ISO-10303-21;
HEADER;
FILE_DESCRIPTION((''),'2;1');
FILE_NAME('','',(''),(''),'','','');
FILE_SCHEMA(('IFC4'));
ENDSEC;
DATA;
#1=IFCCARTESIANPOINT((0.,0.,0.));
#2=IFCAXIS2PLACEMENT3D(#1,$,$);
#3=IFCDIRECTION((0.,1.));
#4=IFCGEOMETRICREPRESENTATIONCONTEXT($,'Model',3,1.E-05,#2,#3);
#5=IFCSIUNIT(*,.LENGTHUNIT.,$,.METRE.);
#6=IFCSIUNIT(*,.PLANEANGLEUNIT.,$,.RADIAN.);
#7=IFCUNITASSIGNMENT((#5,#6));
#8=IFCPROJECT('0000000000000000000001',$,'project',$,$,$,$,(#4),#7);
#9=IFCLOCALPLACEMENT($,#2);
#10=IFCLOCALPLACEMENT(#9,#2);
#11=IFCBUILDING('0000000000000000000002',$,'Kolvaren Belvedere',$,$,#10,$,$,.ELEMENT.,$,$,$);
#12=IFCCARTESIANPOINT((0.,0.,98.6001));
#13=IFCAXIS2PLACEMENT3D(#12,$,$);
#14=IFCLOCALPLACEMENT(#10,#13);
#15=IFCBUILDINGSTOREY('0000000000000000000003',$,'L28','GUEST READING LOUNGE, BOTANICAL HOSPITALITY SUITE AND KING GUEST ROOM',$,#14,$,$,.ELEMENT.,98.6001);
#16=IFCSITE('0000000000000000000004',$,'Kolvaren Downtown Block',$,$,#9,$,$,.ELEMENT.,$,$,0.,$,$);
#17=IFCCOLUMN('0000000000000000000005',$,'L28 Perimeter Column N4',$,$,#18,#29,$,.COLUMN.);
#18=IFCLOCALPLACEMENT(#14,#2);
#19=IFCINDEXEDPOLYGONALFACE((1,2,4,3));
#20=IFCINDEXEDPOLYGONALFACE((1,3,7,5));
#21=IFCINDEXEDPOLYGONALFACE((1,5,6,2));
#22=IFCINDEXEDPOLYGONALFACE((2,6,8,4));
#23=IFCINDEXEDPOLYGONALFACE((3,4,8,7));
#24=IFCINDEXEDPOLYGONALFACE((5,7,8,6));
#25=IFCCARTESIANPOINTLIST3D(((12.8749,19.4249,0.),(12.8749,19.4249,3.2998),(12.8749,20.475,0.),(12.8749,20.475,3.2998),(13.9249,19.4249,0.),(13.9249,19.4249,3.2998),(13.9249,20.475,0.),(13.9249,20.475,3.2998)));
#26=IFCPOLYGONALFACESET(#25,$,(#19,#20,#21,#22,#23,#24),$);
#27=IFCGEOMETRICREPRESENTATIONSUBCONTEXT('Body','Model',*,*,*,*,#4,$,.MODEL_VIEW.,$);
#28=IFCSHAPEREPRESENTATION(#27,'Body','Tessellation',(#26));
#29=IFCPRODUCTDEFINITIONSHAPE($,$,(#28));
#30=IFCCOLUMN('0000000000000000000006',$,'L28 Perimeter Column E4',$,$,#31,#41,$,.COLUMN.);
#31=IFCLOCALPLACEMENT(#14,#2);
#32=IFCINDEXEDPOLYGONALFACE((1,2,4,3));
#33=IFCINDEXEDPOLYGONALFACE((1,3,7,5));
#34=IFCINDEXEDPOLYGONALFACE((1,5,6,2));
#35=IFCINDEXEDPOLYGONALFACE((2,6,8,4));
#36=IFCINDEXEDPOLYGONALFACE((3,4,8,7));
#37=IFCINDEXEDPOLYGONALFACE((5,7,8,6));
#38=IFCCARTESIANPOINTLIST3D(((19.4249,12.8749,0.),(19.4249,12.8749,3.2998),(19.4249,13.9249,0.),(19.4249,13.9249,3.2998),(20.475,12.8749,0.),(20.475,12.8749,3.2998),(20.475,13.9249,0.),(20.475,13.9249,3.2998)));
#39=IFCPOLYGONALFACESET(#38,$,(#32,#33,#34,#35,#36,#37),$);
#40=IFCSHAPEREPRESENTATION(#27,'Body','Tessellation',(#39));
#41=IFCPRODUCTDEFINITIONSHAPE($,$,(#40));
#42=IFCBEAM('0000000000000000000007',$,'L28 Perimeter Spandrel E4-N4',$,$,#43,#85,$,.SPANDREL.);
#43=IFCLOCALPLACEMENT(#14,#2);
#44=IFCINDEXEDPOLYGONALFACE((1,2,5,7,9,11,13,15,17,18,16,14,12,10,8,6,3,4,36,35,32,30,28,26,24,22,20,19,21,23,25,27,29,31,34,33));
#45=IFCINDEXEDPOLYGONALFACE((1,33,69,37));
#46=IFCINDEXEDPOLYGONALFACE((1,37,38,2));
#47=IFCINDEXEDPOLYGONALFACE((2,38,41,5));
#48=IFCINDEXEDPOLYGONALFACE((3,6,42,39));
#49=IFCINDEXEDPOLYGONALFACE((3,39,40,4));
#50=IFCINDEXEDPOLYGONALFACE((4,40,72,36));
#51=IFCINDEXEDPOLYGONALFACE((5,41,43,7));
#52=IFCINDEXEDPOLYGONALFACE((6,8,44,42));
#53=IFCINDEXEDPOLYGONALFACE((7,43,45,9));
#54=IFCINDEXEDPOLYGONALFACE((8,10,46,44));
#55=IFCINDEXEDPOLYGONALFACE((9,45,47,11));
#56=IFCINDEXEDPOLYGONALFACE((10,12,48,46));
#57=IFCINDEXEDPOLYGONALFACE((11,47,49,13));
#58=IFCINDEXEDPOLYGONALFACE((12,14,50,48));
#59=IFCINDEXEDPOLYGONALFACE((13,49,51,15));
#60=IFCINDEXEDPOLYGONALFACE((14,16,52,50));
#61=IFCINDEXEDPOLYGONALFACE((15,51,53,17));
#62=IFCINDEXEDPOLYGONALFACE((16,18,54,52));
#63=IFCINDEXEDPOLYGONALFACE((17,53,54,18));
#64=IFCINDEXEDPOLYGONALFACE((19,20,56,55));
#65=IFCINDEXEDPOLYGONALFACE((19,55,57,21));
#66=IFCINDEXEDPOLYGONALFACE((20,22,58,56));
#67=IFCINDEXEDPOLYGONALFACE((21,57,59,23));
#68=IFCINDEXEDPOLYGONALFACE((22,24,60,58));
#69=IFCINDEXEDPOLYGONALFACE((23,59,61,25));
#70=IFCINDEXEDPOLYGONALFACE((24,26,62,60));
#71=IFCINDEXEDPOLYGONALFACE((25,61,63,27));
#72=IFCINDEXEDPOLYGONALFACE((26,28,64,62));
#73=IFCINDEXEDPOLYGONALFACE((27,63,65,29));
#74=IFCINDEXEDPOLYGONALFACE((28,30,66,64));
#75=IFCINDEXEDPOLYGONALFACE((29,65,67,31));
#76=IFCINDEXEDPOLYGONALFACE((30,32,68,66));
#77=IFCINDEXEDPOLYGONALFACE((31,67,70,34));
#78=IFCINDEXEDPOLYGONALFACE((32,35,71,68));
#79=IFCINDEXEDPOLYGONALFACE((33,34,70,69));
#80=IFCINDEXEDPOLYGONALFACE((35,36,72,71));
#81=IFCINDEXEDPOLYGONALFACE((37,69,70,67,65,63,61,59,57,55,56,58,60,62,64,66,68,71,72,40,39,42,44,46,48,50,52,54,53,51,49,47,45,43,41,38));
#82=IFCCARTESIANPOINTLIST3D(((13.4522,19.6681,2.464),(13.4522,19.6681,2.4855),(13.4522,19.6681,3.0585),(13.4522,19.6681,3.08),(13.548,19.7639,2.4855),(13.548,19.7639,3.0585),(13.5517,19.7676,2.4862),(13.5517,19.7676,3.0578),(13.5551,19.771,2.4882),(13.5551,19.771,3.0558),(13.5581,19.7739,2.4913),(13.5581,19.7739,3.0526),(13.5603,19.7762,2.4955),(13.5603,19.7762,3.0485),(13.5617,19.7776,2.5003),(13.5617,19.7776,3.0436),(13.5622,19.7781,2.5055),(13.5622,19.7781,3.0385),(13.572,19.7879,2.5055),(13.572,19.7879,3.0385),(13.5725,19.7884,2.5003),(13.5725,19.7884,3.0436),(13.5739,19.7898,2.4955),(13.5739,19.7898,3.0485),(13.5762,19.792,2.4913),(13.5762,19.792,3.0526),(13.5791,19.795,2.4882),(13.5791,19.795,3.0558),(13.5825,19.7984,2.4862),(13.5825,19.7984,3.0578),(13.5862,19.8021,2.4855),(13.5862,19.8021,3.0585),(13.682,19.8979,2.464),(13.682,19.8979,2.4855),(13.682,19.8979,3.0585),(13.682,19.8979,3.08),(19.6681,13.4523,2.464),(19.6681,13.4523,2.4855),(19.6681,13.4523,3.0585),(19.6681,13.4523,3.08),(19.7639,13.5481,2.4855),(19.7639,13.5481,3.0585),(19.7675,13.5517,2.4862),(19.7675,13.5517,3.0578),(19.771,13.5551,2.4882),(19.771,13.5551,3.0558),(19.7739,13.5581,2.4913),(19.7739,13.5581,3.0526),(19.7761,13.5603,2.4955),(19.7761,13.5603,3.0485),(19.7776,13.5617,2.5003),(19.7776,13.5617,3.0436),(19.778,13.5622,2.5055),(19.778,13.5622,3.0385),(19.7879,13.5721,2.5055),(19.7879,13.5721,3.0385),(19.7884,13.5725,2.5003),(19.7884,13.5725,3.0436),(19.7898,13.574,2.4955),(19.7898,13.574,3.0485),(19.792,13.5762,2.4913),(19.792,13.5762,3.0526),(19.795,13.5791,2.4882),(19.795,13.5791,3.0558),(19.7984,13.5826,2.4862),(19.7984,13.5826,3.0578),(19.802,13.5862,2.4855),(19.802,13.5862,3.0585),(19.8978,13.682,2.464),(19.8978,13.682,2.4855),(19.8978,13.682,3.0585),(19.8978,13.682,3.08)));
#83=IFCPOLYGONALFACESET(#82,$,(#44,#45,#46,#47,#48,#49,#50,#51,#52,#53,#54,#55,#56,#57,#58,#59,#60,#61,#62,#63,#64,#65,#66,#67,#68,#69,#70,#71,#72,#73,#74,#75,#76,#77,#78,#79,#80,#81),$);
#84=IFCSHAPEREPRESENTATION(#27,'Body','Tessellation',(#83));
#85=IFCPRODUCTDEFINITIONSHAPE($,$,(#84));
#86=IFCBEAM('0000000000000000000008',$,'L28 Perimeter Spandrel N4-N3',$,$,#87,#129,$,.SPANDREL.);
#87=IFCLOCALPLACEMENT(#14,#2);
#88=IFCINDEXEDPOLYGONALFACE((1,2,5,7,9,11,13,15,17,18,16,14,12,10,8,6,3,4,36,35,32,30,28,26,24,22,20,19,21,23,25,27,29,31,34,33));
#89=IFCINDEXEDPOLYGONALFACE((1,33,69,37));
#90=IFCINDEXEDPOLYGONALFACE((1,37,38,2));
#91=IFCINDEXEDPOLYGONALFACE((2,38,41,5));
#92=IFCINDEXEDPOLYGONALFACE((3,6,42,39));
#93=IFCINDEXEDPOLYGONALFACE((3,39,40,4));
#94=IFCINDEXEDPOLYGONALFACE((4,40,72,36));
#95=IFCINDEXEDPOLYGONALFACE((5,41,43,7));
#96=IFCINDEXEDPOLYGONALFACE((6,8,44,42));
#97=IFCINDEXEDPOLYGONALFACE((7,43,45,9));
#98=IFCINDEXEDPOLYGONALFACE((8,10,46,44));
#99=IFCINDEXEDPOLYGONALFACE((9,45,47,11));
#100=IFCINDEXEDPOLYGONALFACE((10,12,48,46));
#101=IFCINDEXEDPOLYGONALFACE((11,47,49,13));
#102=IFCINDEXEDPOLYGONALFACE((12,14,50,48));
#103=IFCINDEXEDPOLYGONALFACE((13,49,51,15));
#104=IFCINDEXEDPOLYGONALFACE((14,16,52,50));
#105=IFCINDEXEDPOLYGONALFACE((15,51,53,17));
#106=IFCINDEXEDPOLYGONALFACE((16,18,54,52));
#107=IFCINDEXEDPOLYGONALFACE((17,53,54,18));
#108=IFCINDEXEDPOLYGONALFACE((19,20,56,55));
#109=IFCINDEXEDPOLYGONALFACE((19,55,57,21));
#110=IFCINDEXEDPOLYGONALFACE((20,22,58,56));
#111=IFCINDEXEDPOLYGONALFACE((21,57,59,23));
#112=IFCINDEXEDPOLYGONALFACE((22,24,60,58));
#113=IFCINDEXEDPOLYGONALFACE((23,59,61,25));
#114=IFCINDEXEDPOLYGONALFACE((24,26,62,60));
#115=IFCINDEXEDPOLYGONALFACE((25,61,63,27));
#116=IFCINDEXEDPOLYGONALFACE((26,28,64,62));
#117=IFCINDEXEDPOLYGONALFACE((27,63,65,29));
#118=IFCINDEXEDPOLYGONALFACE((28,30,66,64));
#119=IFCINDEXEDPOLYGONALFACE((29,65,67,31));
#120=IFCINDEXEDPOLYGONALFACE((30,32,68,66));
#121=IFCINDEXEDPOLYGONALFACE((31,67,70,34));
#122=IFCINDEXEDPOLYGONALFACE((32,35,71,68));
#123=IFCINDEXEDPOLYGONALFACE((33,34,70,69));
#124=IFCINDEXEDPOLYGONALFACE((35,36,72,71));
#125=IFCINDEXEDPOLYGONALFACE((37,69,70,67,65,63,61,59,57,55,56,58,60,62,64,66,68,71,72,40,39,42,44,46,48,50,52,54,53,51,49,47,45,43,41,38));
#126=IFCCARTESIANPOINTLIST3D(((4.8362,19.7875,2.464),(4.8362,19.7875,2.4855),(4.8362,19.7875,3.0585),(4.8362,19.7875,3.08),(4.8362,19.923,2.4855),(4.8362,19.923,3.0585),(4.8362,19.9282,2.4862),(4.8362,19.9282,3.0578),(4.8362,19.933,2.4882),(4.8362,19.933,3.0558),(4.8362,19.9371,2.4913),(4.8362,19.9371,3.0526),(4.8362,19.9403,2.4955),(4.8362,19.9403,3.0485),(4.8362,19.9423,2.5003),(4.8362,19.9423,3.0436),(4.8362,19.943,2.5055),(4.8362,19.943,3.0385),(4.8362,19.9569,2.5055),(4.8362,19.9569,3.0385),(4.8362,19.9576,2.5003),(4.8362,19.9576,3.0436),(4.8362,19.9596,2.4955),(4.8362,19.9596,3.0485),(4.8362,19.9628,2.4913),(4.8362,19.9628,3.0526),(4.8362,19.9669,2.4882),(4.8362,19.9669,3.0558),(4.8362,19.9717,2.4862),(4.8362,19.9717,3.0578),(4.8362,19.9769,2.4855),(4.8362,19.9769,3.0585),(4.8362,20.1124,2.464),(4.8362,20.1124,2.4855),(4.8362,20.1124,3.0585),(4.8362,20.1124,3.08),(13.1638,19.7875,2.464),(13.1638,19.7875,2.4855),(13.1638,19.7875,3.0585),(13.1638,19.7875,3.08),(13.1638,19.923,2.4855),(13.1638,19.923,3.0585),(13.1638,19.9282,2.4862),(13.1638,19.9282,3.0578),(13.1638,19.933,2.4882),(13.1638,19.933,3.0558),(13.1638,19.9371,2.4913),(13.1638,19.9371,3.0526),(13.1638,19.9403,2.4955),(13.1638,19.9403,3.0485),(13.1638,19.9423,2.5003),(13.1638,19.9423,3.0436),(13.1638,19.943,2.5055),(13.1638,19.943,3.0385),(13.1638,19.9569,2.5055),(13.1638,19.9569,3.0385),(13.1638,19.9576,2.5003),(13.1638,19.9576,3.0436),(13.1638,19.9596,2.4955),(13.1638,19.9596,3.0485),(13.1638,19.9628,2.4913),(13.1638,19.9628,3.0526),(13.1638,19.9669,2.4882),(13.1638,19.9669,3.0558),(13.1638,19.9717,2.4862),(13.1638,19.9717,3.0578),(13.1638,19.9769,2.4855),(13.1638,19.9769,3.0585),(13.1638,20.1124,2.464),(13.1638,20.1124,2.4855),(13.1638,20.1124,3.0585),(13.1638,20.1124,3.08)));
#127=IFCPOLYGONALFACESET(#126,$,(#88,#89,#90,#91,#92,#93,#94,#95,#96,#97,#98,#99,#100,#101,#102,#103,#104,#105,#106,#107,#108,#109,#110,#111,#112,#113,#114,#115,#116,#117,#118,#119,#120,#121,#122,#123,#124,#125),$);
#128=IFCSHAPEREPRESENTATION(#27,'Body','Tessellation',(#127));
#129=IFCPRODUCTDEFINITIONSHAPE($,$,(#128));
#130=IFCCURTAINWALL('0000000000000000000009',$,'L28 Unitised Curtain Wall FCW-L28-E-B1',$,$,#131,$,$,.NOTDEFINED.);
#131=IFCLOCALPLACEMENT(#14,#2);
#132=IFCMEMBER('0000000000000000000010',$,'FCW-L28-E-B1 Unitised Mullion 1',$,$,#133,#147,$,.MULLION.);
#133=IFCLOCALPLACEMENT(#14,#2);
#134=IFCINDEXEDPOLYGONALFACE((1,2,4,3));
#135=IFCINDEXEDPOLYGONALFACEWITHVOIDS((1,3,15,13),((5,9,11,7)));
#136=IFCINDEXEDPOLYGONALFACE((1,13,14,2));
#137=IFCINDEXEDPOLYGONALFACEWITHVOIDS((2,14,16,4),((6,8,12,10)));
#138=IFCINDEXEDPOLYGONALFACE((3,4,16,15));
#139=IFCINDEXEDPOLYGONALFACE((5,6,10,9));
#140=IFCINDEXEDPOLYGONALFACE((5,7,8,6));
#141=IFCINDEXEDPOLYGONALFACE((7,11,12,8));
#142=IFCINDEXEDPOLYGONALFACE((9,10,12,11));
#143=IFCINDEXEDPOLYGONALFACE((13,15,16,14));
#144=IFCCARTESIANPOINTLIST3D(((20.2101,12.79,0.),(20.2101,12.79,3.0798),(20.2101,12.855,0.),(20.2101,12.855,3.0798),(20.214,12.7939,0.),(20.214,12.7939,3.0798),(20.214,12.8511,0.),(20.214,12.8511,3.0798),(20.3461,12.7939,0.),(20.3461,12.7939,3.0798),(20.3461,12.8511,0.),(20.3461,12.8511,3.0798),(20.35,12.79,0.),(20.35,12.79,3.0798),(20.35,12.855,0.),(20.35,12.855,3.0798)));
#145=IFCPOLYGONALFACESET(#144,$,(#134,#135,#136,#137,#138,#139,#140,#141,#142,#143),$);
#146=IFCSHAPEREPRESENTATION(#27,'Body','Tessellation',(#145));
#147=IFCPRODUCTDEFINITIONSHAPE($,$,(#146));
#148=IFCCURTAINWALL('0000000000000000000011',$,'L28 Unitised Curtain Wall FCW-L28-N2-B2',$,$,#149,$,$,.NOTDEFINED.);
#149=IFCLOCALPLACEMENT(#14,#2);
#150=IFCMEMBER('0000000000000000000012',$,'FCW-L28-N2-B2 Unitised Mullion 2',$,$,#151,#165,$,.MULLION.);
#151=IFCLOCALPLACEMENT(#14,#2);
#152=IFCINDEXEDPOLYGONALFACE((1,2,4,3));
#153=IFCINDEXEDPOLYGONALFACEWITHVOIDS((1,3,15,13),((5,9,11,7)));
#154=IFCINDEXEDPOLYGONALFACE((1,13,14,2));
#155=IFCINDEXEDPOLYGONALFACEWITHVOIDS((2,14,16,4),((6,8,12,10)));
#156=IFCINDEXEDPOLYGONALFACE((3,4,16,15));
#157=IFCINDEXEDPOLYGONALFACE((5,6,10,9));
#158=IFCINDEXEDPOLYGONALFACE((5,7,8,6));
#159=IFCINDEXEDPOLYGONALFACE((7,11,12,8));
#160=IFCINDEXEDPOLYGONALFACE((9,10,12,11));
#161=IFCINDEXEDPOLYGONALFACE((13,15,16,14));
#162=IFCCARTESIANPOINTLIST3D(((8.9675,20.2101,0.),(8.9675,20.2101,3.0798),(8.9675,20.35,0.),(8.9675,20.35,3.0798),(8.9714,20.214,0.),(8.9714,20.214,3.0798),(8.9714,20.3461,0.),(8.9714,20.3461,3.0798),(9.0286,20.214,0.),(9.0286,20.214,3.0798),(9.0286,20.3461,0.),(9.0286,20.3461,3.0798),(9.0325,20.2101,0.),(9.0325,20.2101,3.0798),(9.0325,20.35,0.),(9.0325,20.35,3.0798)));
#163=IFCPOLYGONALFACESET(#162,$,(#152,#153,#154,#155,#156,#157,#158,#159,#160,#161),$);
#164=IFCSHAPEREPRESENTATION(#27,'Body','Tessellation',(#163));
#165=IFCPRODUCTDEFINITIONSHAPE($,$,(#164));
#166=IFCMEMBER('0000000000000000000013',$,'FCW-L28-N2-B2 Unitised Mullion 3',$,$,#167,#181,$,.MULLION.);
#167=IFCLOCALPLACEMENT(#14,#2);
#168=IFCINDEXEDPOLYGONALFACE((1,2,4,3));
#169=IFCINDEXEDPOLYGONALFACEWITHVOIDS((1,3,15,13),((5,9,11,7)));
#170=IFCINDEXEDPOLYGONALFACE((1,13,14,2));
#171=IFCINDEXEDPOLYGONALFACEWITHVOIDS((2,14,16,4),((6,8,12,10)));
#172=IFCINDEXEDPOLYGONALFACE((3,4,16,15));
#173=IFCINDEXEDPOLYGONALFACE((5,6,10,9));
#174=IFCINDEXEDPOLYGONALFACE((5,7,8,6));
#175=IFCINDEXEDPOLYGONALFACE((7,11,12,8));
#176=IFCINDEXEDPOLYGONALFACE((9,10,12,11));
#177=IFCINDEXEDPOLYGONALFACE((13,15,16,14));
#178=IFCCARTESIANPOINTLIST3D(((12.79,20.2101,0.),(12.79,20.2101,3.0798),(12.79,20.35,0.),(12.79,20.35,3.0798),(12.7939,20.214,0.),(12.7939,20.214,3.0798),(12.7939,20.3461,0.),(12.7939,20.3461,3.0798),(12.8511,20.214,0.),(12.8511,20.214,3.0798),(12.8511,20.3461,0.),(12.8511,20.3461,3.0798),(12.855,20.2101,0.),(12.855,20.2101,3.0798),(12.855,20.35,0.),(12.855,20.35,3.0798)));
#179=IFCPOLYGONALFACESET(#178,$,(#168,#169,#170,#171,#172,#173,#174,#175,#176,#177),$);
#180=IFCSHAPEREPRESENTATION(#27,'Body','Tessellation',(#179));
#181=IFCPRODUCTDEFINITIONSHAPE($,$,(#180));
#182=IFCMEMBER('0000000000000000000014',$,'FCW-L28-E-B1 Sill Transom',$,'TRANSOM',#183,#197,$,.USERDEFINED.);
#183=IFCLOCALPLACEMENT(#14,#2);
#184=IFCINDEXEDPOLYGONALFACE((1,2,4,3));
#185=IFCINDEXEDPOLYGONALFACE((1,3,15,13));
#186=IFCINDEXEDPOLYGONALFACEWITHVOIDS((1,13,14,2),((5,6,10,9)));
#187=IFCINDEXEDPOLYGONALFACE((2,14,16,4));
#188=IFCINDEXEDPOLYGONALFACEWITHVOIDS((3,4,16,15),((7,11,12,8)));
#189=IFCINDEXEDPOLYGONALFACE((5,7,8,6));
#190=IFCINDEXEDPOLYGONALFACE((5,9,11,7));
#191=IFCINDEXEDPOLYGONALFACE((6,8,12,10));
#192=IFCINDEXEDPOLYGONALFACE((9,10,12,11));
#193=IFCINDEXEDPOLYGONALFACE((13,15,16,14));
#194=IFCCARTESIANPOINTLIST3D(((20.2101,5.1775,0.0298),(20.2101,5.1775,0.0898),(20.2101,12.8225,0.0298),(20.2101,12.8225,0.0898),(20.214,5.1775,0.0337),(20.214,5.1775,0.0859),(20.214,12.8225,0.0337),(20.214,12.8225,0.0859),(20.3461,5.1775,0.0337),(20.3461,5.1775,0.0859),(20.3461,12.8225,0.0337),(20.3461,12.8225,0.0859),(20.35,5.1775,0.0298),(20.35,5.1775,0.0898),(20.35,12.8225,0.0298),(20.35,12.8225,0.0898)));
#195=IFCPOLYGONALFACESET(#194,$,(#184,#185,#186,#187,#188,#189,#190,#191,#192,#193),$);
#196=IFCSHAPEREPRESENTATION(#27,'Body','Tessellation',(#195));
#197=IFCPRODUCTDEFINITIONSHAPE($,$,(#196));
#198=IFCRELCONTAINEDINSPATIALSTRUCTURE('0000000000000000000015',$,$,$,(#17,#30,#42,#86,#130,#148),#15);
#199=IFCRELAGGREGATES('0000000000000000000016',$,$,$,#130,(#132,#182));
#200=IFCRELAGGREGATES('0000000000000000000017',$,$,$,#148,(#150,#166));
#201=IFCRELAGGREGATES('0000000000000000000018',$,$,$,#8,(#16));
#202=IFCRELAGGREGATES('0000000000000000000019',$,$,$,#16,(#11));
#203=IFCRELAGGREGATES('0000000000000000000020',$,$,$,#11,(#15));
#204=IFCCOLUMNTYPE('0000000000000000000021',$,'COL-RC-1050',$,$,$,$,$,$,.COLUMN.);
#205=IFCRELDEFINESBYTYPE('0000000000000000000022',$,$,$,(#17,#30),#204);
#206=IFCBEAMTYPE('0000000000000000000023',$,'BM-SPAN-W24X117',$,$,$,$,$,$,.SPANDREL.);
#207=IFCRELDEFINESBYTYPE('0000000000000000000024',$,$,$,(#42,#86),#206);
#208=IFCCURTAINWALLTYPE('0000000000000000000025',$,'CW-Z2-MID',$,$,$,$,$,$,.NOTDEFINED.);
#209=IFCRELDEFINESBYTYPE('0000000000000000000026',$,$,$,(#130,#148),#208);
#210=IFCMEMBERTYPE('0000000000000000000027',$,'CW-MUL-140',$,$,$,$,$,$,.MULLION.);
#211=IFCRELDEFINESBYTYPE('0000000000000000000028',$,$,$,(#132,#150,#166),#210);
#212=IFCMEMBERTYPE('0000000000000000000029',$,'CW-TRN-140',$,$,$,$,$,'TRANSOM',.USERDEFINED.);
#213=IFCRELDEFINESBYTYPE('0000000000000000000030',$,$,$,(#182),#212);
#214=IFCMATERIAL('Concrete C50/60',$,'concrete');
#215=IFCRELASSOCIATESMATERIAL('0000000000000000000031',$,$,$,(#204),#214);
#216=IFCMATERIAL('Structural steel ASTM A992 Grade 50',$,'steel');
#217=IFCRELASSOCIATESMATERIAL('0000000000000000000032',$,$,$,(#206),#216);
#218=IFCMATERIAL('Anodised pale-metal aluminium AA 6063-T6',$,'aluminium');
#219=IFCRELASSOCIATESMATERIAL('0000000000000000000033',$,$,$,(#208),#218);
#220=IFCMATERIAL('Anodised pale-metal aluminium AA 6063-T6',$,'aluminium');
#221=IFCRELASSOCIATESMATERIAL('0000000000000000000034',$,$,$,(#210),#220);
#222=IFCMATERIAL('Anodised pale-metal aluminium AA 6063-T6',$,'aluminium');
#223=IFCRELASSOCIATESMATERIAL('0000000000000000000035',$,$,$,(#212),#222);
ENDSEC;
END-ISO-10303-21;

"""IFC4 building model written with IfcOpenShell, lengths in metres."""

from ifc_helpers import new_model, si_unit, direction, frame, origin, origin_2d, place, context, subcontext, project, spatial, rectangle, hollow_rectangle, i_section, extrude, material, material_profile, profile_set, type_object, element, aggregate, save


model = new_model("IFC4")

# Units and contexts
model_context = context("Model", 3, precision=1e-05, world=origin(), true_north=direction((0.0, 1.0)))
body_context = subcontext(model_context, "Body", "Model", "MODEL_VIEW")
ifc_project = project(units=[si_unit("LENGTHUNIT", "METRE"), si_unit("PLANEANGLEUNIT", "RADIAN")], contexts=[model_context])

# Site, building, storey
site_placement = place(None, origin())
site = spatial("IfcSite", under=ifc_project, at=site_placement, Name="Kolvaren Downtown Block", CompositionType="ELEMENT", RefElevation=0.0)
building_placement = place(site_placement, origin())
building = spatial("IfcBuilding", under=site, at=building_placement, Name="Kolvaren Belvedere", CompositionType="ELEMENT")
storey_placement = place(building_placement, frame((0.0, 0.0, 98.6001)))
storey = spatial("IfcBuildingStorey", under=building, at=storey_placement, Name="L28", Description="GUEST READING LOUNGE, BOTANICAL HOSPITALITY SUITE AND KING GUEST ROOM", CompositionType="ELEMENT", Elevation=98.6001)

# Columns
ifc_material_1 = material(Name="Concrete C50/60", Category="concrete")
ifc_material_profile_1 = material_profile(ifc_material_1, rectangle(XDim=1.05, YDim=1.05, at=origin_2d()), Name="RC 1050X1050")
ifc_profile_set_1 = profile_set([ifc_material_profile_1], Name="Concrete C50/60")
column_type = type_object("IfcColumnType", Name="COL-RC-1050", PredefinedType="COLUMN", material=ifc_profile_set_1)
for number, where, z_axis, x_axis, name in (
    (1, (13.3999, 19.95, 0.0), (0.0, 0.0, 1.0), (1.0, 0.0, 0.0), "L28 Perimeter Column N4"),
    (2, (19.95, 13.3999, 0.0), (0.0, 0.0, 1.0), (1.0, 0.0, 0.0), "L28 Perimeter Column E4"),
):
    element("IfcColumn", number, at=place(storey_placement, frame(where, z_axis=z_axis, x_axis=x_axis)), inside=storey, type_object=column_type, Name=name, PredefinedType="COLUMN", context=body_context, shape_type="SweptSolid", body=[
        extrude(rectangle(XDim=1.05, YDim=1.05, at=origin_2d()), origin(), (0.0, 0.0, 1.0), 3.2998),
    ])

# Beams
ifc_material_2 = material(Name="Structural steel ASTM A992 Grade 50", Category="steel")
ifc_material_profile_2 = material_profile(ifc_material_2, i_section(OverallWidth=0.325, OverallDepth=0.616, WebThickness=0.0139, FlangeThickness=0.0215, FilletRadius=0.02, at=origin_2d()), Name="W24X117")
ifc_profile_set_2 = profile_set([ifc_material_profile_2], Name="Structural steel ASTM A992 Grade 50")
beam_type = type_object("IfcBeamType", Name="BM-SPAN-W24X117", PredefinedType="SPANDREL", material=ifc_profile_set_2)
beam_1_placement = place(storey_placement, frame((19.783, 13.5671, 2.772), z_axis=(-0.707107, 0.707107, 0.0), x_axis=(-0.707107, -0.707107, 0.0)))
element("IfcBeam", 3, at=beam_1_placement, inside=storey, type_object=beam_type, Name="L28 Perimeter Spandrel E4-N4", PredefinedType="SPANDREL", context=body_context, shape_type="SweptSolid", body=[
    extrude(i_section(OverallWidth=0.325, OverallDepth=0.616, WebThickness=0.0139, FlangeThickness=0.0215, FilletRadius=0.02, at=origin_2d()), origin(), (0.0, 0.0, 1.0), 8.7905),
])
beam_2_placement = place(storey_placement, frame((13.1638, 19.95, 2.772), z_axis=(-1.0, 0.0, 0.0), x_axis=(0.0, -1.0, 0.0)))
element("IfcBeam", 4, at=beam_2_placement, inside=storey, type_object=beam_type, Name="L28 Perimeter Spandrel N4-N3", PredefinedType="SPANDREL", context=body_context, shape_type="SweptSolid", body=[
    extrude(i_section(OverallWidth=0.325, OverallDepth=0.616, WebThickness=0.0139, FlangeThickness=0.0215, FilletRadius=0.02, at=origin_2d()), origin(), (0.0, 0.0, 1.0), 8.3276),
])

# Curtain wall, member
ifc_material_3 = material(Name="Anodised pale-metal aluminium AA 6063-T6", Category="aluminium")
curtain_wall_type = type_object("IfcCurtainWallType", Name="CW-Z2-MID", PredefinedType="NOTDEFINED", material=ifc_material_3)
curtain_wall_1_placement = place(storey_placement, origin())
curtain_wall_1 = element("IfcCurtainWall", 5, at=curtain_wall_1_placement, inside=storey, type_object=curtain_wall_type, Name="L28 Unitised Curtain Wall FCW-L28-E-B1", PredefinedType="NOTDEFINED")
ifc_material_4 = material(Name="Anodised pale-metal aluminium AA 6063-T6", Category="aluminium")
ifc_material_profile_3 = material_profile(ifc_material_4, hollow_rectangle(XDim=0.0649, YDim=0.1399, WallThickness=0.0039, at=origin_2d()), Name="ALU-MUL-140X65")
ifc_profile_set_3 = profile_set([ifc_material_profile_3], Name="Anodised pale-metal aluminium AA 6063-T6")
member_type_1 = type_object("IfcMemberType", Name="CW-MUL-140", PredefinedType="MULLION", material=ifc_profile_set_3)
member_1_placement = place(storey_placement, frame((20.28, 12.8225, 0.0), z_axis=(0.0, 0.0, 1.0), x_axis=(0.0, 1.0, 0.0)))
member_1 = element("IfcMember", 6, at=member_1_placement, type_object=member_type_1, Name="FCW-L28-E-B1 Unitised Mullion 1", PredefinedType="MULLION", context=body_context, shape_type="SweptSolid", body=[
    extrude(hollow_rectangle(XDim=0.0649, YDim=0.1399, WallThickness=0.0039, at=origin_2d()), origin(), (0.0, 0.0, 1.0), 3.0798),
])

# Curtain wall, members
curtain_wall_2_placement = place(storey_placement, origin())
curtain_wall_2 = element("IfcCurtainWall", 7, at=curtain_wall_2_placement, inside=storey, type_object=curtain_wall_type, Name="L28 Unitised Curtain Wall FCW-L28-N2-B2", PredefinedType="NOTDEFINED")
member_2_placement = place(storey_placement, frame((9.0, 20.28, 0.0), z_axis=(0.0, 0.0, 1.0), x_axis=(1.0, 0.0, 0.0)))
member_2 = element("IfcMember", 8, at=member_2_placement, type_object=member_type_1, Name="FCW-L28-N2-B2 Unitised Mullion 2", PredefinedType="MULLION", context=body_context, shape_type="SweptSolid", body=[
    extrude(hollow_rectangle(XDim=0.0649, YDim=0.1399, WallThickness=0.0039, at=origin_2d()), origin(), (0.0, 0.0, 1.0), 3.0798),
])
member_3_placement = place(storey_placement, frame((12.8225, 20.28, 0.0), z_axis=(0.0, 0.0, 1.0), x_axis=(1.0, 0.0, 0.0)))
member_3 = element("IfcMember", 9, at=member_3_placement, type_object=member_type_1, Name="FCW-L28-N2-B2 Unitised Mullion 3", PredefinedType="MULLION", context=body_context, shape_type="SweptSolid", body=[
    extrude(hollow_rectangle(XDim=0.0649, YDim=0.1399, WallThickness=0.0039, at=origin_2d()), origin(), (0.0, 0.0, 1.0), 3.0798),
])

# Member
ifc_material_5 = material(Name="Anodised pale-metal aluminium AA 6063-T6", Category="aluminium")
ifc_material_profile_4 = material_profile(ifc_material_5, hollow_rectangle(XDim=0.0601, YDim=0.1399, WallThickness=0.0039, at=origin_2d()), Name="ALU-TRN-140X60")
ifc_profile_set_4 = profile_set([ifc_material_profile_4], Name="Anodised pale-metal aluminium AA 6063-T6")
member_type_2 = type_object("IfcMemberType", Name="CW-TRN-140", ElementType="TRANSOM", PredefinedType="USERDEFINED", material=ifc_profile_set_4)
member_4_placement = place(storey_placement, frame((20.28, 12.8225, 0.0598), z_axis=(0.0, -1.0, 0.0), x_axis=(0.0, 0.0, 1.0)))
member_4 = element("IfcMember", 10, at=member_4_placement, type_object=member_type_2, Name="FCW-L28-E-B1 Sill Transom", ObjectType="TRANSOM", PredefinedType="USERDEFINED", context=body_context, shape_type="SweptSolid", body=[
    extrude(hollow_rectangle(XDim=0.0601, YDim=0.1399, WallThickness=0.0039, at=origin_2d()), origin(), (0.0, 0.0, 1.0), 7.645),
])

aggregate(curtain_wall_1, [member_1, member_4])
aggregate(curtain_wall_2, [member_2, member_3])

save(model, "model.ifc")
